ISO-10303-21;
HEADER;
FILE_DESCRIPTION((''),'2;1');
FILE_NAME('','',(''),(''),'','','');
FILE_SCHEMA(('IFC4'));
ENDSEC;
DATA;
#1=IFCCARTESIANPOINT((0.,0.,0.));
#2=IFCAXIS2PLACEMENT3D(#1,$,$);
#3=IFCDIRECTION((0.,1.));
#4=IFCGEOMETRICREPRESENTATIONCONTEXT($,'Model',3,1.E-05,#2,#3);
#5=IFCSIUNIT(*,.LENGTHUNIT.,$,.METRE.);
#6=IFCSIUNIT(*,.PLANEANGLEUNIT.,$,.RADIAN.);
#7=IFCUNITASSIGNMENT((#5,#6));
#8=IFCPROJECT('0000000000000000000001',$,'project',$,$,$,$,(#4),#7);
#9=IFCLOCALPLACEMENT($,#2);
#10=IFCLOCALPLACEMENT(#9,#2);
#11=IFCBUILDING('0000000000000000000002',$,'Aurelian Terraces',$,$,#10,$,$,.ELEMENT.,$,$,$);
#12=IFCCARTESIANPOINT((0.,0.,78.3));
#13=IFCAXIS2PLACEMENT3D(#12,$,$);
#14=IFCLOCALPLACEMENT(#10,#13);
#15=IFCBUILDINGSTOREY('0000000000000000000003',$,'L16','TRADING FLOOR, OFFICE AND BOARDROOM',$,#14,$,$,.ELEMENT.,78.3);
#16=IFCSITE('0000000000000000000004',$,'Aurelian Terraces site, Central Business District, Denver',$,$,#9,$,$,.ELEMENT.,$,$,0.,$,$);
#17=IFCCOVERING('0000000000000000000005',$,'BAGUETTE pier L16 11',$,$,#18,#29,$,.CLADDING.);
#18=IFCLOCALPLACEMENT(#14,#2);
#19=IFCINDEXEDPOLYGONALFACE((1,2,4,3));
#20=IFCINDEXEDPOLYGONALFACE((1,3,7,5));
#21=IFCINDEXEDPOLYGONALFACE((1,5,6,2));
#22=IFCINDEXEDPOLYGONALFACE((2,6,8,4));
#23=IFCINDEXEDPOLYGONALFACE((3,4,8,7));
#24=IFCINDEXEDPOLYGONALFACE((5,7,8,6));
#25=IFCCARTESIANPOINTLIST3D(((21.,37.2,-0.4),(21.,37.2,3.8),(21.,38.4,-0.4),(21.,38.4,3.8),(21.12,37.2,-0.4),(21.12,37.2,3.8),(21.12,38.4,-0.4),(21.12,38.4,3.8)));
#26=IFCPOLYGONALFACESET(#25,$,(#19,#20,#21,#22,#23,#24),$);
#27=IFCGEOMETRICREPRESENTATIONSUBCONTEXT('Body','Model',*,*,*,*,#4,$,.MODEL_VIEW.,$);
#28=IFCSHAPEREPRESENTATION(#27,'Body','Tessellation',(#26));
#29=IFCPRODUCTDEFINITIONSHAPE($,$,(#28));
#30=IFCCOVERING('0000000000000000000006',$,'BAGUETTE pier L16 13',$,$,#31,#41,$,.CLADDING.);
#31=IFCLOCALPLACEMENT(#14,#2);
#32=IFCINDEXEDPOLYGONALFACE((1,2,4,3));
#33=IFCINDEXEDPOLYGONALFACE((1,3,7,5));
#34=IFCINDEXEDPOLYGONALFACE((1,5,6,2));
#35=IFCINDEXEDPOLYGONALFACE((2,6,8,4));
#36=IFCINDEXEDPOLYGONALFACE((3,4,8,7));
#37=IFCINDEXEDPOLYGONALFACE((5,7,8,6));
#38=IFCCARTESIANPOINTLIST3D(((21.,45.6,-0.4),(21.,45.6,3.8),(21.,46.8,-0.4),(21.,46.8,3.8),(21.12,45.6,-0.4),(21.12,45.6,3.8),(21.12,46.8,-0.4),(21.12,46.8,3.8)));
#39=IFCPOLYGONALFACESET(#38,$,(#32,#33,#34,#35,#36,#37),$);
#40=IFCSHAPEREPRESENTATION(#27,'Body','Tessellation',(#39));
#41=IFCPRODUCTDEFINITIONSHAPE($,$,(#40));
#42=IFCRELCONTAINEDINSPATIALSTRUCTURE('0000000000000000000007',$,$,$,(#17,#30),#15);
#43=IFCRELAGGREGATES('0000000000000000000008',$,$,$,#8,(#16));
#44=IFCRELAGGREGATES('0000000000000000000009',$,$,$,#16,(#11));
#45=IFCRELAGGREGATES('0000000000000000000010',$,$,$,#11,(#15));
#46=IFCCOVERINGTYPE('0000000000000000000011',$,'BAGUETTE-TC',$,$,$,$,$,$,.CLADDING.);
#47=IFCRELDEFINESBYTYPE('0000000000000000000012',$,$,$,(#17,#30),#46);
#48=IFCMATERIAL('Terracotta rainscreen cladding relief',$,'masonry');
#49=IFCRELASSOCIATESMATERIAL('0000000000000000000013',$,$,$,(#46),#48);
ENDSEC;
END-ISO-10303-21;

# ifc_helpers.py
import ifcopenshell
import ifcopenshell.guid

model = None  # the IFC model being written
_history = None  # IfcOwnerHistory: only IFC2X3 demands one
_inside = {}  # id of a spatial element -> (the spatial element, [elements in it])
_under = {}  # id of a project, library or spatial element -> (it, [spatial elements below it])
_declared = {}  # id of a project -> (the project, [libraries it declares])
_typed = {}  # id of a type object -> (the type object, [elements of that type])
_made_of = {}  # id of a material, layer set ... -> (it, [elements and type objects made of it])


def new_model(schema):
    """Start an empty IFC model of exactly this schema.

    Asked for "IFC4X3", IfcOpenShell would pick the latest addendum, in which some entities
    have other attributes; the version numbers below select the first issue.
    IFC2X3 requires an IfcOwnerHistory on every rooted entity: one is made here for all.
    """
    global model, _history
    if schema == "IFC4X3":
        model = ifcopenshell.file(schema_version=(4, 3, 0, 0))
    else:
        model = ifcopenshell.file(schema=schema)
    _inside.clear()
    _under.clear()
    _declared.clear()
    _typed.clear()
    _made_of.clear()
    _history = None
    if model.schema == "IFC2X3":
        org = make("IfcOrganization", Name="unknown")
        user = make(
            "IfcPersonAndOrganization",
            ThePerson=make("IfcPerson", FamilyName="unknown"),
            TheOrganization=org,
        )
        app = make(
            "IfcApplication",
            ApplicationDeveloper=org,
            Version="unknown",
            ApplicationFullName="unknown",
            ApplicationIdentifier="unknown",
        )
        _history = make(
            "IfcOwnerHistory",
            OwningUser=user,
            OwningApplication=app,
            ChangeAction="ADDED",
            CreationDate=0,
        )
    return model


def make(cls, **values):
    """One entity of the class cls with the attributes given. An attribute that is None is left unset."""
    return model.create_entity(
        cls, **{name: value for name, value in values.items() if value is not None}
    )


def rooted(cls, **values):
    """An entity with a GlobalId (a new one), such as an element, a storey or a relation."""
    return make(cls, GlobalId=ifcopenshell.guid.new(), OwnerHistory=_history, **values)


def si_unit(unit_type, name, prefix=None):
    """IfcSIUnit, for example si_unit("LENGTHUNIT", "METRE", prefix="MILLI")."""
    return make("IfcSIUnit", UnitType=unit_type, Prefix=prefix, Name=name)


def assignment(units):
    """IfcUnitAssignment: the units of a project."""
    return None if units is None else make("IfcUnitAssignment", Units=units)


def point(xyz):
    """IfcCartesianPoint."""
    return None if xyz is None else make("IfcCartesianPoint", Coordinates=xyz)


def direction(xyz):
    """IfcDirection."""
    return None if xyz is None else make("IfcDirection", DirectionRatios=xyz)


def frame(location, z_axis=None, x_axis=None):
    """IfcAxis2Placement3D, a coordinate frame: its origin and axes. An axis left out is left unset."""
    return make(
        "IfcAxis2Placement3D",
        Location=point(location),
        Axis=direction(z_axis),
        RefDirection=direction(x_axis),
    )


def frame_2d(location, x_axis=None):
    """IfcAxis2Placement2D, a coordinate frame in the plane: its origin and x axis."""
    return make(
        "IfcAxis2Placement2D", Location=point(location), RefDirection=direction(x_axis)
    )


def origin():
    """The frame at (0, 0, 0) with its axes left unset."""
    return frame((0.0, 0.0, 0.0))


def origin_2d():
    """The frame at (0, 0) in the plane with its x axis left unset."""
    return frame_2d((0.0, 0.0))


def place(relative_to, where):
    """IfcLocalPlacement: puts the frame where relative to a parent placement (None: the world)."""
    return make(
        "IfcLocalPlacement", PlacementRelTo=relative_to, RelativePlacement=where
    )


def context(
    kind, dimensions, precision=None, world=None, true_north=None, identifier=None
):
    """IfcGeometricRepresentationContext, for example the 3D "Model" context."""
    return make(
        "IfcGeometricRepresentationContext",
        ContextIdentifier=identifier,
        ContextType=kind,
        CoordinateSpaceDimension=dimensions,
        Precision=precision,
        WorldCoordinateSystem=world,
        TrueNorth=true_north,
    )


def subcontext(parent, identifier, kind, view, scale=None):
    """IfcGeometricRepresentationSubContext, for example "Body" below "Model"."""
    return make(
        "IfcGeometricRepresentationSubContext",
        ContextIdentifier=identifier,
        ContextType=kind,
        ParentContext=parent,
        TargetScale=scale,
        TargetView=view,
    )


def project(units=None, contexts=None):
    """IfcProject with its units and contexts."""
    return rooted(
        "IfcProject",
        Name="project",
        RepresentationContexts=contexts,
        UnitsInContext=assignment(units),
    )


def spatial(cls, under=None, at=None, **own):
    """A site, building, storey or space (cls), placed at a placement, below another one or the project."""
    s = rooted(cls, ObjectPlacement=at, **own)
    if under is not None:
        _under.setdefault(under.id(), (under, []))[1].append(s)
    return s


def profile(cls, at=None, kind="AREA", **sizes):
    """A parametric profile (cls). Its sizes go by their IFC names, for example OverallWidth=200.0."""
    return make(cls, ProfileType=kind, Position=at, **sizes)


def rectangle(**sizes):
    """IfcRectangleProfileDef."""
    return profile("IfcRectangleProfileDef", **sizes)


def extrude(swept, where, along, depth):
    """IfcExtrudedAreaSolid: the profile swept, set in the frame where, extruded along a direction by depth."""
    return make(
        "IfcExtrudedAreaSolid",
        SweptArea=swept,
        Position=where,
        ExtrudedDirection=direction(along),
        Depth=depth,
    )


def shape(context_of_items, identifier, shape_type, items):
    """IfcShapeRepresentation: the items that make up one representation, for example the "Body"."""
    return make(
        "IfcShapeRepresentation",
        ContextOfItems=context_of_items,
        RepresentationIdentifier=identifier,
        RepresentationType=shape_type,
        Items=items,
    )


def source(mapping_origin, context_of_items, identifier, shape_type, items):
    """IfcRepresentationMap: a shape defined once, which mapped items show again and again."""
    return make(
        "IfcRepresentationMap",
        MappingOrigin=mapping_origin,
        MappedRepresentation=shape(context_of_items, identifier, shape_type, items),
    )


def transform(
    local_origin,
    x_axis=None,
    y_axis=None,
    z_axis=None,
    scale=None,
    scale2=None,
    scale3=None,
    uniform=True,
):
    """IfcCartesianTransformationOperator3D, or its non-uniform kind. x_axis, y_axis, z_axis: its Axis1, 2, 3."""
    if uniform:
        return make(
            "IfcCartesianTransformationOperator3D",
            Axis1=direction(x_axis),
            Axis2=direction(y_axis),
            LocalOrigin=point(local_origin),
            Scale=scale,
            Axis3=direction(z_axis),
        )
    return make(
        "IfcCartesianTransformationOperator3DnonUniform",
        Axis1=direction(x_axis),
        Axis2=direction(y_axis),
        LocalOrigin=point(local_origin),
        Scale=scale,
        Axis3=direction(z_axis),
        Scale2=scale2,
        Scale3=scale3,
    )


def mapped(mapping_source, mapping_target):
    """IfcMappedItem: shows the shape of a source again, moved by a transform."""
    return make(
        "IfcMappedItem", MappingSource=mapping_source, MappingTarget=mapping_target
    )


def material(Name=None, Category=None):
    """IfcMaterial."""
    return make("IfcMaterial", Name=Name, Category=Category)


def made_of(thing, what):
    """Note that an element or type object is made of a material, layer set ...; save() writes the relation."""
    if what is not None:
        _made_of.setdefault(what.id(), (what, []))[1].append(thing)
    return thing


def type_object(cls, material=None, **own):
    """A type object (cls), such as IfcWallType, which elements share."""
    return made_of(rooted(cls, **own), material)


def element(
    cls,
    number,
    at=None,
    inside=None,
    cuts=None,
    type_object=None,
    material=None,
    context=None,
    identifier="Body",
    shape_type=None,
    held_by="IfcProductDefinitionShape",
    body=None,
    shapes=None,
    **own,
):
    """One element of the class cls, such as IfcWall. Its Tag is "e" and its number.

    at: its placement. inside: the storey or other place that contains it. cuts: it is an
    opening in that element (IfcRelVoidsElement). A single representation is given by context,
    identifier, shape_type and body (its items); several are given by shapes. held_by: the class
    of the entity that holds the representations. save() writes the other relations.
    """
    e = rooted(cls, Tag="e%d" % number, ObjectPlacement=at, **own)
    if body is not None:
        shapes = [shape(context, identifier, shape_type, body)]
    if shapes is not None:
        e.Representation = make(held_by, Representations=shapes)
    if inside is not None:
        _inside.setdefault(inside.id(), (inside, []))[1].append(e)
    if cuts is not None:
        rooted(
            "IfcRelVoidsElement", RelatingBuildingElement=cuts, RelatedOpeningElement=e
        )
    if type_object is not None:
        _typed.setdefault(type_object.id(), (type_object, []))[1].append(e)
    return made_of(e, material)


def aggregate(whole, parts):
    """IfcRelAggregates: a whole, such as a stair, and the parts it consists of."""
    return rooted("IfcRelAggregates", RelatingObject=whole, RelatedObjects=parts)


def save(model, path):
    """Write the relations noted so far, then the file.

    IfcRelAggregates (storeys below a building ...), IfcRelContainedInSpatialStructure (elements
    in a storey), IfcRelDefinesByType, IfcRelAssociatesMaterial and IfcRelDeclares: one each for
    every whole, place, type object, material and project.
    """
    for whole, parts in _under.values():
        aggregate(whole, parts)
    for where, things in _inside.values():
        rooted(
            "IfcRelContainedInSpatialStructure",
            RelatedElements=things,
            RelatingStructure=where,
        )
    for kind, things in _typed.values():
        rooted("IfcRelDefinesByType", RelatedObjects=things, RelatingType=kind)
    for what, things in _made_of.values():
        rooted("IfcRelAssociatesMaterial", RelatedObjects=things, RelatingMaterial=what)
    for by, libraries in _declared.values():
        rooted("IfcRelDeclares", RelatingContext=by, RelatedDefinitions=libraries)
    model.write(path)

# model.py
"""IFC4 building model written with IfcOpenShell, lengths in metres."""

from ifc_helpers import new_model, si_unit, direction, frame, origin, origin_2d, place, context, subcontext, project, spatial, rectangle, extrude, source, transform, mapped, material, type_object, element, save


model = new_model("IFC4")

# Units and contexts
model_context = context("Model", 3, precision=1e-05, world=origin(), true_north=direction((0.0, 1.0)))
body_context = subcontext(model_context, "Body", "Model", "MODEL_VIEW")
ifc_project = project(units=[si_unit("LENGTHUNIT", "METRE"), si_unit("PLANEANGLEUNIT", "RADIAN")], contexts=[model_context])

# Site, building, storey
site_placement = place(None, origin())
site = spatial("IfcSite", under=ifc_project, at=site_placement, Name="Aurelian Terraces site, Central Business District, Denver", CompositionType="ELEMENT", RefElevation=0.0)
building_placement = place(site_placement, origin())
building = spatial("IfcBuilding", under=site, at=building_placement, Name="Aurelian Terraces", CompositionType="ELEMENT")
storey_placement = place(building_placement, frame((0.0, 0.0, 78.3)))
storey = spatial("IfcBuildingStorey", under=building, at=storey_placement, Name="L16", Description="TRADING FLOOR, OFFICE AND BOARDROOM", CompositionType="ELEMENT", Elevation=78.3)

# Coverings
ifc_material_1 = material(Name="Terracotta rainscreen cladding relief", Category="masonry")
covering_type = type_object("IfcCoveringType", Name="BAGUETTE-TC", PredefinedType="CLADDING", material=ifc_material_1)
shared_shape_1 = source(origin(), body_context, "Body", "SweptSolid", [
    extrude(rectangle(XDim=0.12, YDim=1.2, at=origin_2d()), origin(), (0.0, 0.0, 1.0), 4.2),
])
for number, where, z_axis, x_axis, name in (
    (1, (21.06, 37.8, -0.4), (0.0, 0.0, 1.0), (1.0, 0.0, 0.0), "BAGUETTE pier L16 11"),
    (2, (21.06, 46.2, -0.4), (0.0, 0.0, 1.0), (1.0, 0.0, 0.0), "BAGUETTE pier L16 13"),
):
    element("IfcCovering", number, at=place(storey_placement, frame(where, z_axis=z_axis, x_axis=x_axis)), inside=storey, type_object=covering_type, Name=name, PredefinedType="CLADDING", context=body_context, shape_type="MappedRepresentation", body=[
        mapped(shared_shape_1, transform((0.0, 0.0, 0.0), scale=1.0)),
    ])

save(model, "model.ifc")
